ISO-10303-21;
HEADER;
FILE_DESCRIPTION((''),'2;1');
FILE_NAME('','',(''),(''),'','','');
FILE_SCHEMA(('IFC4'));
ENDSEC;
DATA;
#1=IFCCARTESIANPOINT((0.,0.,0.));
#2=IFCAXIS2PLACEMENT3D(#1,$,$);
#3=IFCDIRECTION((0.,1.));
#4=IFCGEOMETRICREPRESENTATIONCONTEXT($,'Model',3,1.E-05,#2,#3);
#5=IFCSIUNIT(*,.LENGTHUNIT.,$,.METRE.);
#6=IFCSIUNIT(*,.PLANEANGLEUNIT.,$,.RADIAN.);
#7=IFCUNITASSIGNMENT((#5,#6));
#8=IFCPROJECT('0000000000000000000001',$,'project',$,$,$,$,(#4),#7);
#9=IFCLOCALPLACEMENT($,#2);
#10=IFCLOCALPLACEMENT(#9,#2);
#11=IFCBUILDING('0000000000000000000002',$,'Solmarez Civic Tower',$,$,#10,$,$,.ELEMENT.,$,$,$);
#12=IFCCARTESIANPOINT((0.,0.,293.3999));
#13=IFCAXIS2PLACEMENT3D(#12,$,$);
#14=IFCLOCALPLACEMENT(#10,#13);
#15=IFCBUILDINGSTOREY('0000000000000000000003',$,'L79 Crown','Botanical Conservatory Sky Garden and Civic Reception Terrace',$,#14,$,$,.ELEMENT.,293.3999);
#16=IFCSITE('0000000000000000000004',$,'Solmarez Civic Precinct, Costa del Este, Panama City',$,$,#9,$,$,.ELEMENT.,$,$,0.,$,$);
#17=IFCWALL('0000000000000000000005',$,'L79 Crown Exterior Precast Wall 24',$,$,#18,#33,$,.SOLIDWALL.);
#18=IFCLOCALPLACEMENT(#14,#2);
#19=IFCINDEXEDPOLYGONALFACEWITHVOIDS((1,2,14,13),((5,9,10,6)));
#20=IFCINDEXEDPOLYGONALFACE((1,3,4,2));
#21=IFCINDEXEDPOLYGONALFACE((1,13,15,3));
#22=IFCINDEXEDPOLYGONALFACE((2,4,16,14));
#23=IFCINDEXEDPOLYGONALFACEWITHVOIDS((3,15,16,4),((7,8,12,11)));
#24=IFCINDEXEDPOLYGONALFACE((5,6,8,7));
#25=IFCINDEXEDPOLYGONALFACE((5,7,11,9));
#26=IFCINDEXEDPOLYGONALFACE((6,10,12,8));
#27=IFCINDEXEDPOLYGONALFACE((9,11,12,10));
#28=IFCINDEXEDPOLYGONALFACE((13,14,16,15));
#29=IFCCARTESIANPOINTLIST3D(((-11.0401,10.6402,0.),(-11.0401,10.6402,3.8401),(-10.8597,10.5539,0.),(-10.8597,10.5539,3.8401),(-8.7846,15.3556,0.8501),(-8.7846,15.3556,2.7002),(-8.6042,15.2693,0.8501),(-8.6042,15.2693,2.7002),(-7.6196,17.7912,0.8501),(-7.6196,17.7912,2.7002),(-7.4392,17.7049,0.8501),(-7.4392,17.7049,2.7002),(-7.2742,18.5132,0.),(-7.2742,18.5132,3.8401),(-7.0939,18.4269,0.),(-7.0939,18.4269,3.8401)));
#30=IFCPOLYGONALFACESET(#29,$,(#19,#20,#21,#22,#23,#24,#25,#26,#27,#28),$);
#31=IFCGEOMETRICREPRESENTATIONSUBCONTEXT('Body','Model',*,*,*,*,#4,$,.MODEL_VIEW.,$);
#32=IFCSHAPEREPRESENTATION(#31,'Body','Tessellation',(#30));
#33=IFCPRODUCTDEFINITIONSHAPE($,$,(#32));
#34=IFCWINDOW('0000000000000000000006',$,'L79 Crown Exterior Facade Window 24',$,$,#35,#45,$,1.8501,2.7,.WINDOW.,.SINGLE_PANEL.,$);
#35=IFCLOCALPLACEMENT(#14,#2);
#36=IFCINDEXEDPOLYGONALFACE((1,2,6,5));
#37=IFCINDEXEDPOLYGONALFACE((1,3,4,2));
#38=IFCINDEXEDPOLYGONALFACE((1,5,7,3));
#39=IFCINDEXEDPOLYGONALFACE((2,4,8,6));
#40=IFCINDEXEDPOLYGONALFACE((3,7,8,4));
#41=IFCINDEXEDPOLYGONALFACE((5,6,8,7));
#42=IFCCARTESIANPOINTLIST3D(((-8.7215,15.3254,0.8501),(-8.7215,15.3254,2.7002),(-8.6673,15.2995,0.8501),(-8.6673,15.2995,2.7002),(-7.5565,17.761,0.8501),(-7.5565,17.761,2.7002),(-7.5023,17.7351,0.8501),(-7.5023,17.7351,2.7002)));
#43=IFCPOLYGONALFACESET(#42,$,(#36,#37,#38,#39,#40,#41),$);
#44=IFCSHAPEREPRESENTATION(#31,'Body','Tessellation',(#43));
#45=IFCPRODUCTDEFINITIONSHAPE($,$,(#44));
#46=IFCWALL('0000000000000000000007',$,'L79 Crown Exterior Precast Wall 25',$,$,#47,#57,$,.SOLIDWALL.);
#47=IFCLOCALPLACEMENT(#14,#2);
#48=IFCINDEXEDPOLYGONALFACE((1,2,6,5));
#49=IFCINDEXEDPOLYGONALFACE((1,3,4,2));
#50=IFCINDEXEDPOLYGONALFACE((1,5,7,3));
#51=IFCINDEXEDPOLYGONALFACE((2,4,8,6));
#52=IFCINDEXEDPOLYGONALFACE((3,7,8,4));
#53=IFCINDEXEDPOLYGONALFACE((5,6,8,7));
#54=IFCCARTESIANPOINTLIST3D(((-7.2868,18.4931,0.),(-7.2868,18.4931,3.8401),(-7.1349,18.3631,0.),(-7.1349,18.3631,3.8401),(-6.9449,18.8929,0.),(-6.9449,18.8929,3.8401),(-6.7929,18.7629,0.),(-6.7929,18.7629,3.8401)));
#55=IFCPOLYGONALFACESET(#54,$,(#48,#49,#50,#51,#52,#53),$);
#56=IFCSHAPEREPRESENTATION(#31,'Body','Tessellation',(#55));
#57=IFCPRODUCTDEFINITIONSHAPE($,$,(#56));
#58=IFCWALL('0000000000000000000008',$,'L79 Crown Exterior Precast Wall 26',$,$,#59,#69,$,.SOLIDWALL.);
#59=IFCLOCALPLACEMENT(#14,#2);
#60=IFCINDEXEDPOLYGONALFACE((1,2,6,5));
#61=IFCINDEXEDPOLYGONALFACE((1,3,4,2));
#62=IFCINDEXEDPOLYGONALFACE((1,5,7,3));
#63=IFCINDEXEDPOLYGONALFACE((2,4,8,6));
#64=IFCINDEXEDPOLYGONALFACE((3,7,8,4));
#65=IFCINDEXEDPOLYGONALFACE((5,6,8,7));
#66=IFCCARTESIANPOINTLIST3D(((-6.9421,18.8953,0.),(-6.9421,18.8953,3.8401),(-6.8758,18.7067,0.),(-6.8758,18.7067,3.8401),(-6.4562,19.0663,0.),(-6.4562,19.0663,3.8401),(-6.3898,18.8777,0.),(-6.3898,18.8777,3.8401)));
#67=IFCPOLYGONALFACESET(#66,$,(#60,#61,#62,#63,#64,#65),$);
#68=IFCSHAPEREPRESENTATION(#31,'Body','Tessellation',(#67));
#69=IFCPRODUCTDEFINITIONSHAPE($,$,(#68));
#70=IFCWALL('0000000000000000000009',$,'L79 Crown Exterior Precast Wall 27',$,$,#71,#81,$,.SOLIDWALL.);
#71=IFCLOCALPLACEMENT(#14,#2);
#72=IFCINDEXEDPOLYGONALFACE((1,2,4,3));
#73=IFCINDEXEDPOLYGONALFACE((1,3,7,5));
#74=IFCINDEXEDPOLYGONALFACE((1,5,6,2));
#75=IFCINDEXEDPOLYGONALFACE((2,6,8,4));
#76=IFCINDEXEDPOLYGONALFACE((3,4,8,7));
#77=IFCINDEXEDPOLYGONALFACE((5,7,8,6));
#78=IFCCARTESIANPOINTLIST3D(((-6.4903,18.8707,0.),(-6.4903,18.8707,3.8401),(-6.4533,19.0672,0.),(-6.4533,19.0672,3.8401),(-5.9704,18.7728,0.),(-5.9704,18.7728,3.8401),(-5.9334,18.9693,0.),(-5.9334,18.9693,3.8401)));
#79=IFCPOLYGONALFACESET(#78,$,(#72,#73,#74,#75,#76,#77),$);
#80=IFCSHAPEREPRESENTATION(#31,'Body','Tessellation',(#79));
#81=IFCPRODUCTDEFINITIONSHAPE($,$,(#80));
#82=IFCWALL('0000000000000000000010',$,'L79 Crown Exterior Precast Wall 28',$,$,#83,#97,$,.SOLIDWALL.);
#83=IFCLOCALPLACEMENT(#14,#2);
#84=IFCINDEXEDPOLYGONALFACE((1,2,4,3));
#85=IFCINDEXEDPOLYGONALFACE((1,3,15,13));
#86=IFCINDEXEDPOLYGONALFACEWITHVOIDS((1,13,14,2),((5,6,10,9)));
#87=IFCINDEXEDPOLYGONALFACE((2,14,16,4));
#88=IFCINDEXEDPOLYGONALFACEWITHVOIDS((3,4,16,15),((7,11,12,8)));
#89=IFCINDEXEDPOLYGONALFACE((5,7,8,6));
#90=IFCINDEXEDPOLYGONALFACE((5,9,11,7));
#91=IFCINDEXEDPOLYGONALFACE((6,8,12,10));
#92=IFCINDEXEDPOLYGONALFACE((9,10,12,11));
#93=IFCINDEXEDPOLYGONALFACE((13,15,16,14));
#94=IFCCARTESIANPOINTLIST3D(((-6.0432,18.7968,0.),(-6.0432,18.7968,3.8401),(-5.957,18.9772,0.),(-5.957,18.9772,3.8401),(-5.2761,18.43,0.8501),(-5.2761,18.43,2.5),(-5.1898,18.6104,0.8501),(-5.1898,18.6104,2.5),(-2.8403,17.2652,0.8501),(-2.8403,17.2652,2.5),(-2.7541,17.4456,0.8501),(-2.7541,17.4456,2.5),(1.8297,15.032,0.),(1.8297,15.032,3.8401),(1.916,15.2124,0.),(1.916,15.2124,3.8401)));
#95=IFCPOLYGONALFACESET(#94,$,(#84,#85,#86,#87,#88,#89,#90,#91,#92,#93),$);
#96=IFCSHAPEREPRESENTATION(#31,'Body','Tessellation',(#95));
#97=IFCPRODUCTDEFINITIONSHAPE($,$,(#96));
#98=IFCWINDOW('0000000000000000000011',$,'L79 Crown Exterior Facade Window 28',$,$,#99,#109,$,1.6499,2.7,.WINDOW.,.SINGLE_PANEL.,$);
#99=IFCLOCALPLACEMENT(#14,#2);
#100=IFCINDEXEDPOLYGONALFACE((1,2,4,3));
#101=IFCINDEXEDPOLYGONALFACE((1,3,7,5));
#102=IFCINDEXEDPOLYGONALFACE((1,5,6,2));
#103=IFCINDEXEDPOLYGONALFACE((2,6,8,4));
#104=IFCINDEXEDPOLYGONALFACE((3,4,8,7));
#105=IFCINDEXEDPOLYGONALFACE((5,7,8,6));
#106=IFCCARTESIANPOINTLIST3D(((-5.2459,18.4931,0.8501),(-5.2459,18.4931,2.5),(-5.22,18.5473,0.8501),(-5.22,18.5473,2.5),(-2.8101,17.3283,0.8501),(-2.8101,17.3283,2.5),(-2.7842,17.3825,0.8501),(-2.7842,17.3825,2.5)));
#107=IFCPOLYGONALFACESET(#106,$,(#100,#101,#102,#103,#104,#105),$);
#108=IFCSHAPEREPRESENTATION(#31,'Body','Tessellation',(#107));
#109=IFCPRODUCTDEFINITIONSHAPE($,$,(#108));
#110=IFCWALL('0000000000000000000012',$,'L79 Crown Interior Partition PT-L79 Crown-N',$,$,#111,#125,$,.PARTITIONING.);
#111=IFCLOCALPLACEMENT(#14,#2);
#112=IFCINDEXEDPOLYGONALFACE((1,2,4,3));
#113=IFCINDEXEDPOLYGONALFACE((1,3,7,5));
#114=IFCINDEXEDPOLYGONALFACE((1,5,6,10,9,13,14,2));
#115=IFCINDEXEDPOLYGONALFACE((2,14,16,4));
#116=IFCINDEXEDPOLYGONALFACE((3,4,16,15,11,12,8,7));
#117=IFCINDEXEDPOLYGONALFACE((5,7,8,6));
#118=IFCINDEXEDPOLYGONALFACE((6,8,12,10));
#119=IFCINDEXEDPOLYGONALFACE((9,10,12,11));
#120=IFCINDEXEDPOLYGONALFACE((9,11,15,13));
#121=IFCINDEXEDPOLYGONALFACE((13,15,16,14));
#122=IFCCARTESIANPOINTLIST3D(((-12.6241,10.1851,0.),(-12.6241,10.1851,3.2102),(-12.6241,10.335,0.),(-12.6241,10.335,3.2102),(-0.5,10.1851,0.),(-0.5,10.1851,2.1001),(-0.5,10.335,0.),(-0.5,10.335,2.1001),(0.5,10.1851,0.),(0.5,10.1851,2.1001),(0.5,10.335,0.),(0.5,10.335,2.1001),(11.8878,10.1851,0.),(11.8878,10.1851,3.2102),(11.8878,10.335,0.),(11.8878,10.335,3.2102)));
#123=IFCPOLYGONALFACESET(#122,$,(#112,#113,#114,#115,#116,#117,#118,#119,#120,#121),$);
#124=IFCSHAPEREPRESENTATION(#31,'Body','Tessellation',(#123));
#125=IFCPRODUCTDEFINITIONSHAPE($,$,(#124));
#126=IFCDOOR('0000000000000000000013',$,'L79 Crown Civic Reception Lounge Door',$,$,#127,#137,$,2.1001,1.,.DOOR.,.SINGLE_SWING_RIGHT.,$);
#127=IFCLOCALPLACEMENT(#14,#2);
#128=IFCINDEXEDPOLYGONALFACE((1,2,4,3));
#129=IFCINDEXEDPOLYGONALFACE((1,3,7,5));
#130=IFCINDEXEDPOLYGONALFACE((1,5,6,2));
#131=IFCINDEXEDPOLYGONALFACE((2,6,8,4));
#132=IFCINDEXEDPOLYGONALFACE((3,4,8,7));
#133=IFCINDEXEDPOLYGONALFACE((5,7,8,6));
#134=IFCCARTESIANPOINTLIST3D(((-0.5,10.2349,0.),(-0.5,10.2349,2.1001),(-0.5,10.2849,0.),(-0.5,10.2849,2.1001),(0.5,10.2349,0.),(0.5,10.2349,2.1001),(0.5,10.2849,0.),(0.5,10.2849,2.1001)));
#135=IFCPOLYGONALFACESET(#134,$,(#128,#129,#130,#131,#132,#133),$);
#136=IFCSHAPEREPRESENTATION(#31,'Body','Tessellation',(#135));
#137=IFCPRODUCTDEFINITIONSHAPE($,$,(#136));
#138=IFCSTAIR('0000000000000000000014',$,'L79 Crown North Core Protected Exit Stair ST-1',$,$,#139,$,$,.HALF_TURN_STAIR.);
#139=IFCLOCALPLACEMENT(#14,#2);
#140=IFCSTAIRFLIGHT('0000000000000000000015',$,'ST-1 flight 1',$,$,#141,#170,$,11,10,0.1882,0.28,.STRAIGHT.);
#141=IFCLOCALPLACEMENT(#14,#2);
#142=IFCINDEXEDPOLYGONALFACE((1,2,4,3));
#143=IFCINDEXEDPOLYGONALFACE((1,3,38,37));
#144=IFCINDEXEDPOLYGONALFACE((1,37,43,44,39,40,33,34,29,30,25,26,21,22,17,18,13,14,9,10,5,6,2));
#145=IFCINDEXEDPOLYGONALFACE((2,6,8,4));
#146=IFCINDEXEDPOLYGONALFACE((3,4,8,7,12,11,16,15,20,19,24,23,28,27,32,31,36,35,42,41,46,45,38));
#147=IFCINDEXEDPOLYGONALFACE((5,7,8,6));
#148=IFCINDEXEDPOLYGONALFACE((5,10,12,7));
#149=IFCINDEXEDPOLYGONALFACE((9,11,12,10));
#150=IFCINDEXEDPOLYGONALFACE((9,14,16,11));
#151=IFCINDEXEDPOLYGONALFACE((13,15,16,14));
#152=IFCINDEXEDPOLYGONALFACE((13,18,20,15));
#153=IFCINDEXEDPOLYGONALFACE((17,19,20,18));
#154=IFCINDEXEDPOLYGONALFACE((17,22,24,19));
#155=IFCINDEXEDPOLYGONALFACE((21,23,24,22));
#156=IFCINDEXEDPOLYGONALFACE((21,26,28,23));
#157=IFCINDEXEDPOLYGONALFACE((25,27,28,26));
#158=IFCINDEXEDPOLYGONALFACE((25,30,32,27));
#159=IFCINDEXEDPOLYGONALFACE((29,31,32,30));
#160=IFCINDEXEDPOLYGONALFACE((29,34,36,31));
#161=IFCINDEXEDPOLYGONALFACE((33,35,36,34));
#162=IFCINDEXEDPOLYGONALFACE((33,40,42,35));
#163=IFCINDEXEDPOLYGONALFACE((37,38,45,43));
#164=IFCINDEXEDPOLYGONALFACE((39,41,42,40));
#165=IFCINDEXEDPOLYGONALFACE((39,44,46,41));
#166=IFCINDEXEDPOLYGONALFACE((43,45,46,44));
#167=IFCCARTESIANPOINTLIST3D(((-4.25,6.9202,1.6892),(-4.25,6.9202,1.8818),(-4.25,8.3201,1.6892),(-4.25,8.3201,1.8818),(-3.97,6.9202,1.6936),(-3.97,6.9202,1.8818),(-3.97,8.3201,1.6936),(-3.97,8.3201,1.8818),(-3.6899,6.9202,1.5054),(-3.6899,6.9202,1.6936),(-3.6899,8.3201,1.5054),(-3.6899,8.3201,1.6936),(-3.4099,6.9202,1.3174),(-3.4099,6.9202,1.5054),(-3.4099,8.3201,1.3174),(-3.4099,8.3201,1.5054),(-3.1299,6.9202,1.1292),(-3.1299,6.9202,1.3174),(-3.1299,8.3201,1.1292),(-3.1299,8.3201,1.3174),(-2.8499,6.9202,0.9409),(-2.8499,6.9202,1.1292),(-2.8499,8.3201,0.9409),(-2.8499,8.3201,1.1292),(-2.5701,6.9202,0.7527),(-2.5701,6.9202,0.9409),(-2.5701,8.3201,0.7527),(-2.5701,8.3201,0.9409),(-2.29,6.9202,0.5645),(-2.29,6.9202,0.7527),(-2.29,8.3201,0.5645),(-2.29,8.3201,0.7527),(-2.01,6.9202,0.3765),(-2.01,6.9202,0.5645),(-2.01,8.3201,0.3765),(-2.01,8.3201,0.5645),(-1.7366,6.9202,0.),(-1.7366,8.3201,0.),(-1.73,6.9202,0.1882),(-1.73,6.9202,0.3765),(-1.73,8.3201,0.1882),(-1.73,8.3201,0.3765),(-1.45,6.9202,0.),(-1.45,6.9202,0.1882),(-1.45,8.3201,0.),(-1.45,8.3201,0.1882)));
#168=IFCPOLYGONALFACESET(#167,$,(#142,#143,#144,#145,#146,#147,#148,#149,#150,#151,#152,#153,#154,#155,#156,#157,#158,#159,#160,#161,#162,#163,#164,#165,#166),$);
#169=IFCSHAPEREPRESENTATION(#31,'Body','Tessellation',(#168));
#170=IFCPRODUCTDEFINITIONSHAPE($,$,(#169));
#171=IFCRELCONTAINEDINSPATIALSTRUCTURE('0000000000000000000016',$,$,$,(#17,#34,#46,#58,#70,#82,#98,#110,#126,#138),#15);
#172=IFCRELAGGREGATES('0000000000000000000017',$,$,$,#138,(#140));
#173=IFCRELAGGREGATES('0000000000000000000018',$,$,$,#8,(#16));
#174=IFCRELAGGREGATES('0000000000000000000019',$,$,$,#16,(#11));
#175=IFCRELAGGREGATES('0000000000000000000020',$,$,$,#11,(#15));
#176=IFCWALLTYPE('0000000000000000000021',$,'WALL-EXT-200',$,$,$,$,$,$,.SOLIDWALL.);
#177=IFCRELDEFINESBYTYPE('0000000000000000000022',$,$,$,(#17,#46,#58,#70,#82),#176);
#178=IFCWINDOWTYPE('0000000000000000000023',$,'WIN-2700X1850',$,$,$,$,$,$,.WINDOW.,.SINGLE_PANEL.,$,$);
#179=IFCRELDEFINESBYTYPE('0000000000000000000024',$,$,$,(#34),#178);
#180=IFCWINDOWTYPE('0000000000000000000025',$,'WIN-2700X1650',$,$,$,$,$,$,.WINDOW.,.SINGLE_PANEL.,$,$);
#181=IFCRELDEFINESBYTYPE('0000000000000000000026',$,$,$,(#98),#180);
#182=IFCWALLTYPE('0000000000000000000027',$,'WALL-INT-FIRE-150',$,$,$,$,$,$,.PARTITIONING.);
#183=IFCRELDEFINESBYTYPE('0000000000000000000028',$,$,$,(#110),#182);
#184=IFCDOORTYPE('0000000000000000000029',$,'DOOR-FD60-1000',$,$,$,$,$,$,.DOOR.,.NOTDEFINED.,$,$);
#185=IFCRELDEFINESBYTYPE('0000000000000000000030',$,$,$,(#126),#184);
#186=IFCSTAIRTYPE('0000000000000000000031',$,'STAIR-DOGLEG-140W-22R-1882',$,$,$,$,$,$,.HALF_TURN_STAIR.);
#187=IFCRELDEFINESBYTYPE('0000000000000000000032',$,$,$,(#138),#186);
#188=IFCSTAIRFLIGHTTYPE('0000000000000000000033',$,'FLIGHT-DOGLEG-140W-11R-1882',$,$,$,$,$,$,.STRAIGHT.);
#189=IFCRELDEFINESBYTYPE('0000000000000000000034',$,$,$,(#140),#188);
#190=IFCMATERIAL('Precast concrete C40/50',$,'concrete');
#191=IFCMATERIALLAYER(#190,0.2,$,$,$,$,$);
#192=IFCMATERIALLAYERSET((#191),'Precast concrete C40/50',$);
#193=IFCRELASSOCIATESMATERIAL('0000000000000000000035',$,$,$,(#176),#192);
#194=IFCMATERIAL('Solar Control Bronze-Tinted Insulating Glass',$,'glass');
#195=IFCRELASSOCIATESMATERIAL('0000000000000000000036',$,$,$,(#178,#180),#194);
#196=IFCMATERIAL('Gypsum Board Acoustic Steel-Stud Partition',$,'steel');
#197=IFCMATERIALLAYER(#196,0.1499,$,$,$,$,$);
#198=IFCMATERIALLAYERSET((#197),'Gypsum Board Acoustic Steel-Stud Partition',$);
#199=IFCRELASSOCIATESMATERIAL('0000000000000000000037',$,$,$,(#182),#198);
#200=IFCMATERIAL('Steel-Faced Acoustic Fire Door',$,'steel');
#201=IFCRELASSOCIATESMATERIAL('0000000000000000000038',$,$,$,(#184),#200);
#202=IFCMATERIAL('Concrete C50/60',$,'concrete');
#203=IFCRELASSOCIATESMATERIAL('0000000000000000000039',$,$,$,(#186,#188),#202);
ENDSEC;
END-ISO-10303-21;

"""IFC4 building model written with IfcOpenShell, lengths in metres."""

from ifc_helpers import new_model, si_unit, direction, frame, frame_2d, origin, place, context, subcontext, project, spatial, polyline, rectangle, outline, extrude, material, layer, layer_set, type_object, element, fill, aggregate, save


model = new_model("IFC4")

# Units and contexts
model_context = context("Model", 3, precision=1e-05, world=origin(), true_north=direction((0.0, 1.0)))
body_context = subcontext(model_context, "Body", "Model", "MODEL_VIEW")
ifc_project = project(units=[si_unit("LENGTHUNIT", "METRE"), si_unit("PLANEANGLEUNIT", "RADIAN")], contexts=[model_context])

# Site, building, storey
site_placement = place(None, origin())
site = spatial("IfcSite", under=ifc_project, at=site_placement, Name="Solmarez Civic Precinct, Costa del Este, Panama City", CompositionType="ELEMENT", RefElevation=0.0)
building_placement = place(site_placement, origin())
building = spatial("IfcBuilding", under=site, at=building_placement, Name="Solmarez Civic Tower", CompositionType="ELEMENT")
storey_placement = place(building_placement, frame((0.0, 0.0, 293.3999)))
storey = spatial("IfcBuildingStorey", under=building, at=storey_placement, Name="L79 Crown", Description="Botanical Conservatory Sky Garden and Civic Reception Terrace", CompositionType="ELEMENT", Elevation=293.3999)

# Shared definitions
ifc_material_1 = material(Name="Concrete C50/60", Category="concrete")

# Shared definitions
ifc_material_2 = material(Name="Precast concrete C40/50", Category="concrete")
ifc_layer_1 = layer(ifc_material_2, 0.2)
ifc_layer_set_1 = layer_set([ifc_layer_1], Name="Precast concrete C40/50")
wall_type_1 = type_object("IfcWallType", Name="WALL-EXT-200", PredefinedType="SOLIDWALL", material=ifc_layer_set_1)

# Wall, opening, window
wall_1_placement = place(storey_placement, frame((-10.95, 10.5969, 0.0), z_axis=(0.0, 0.0, 1.0), x_axis=(0.431502, 0.902112, 0.0)))
wall_1 = element("IfcWall", 1, at=wall_1_placement, inside=storey, type_object=wall_type_1, Name="L79 Crown Exterior Precast Wall 24", PredefinedType="SOLIDWALL", context=body_context, shape_type="SweptSolid", body=[
    extrude(rectangle(XDim=8.7273, YDim=0.2, at=frame_2d((4.3638, 0.0))), origin(), (0.0, 0.0, 1.0), 3.8401),
])
opening_1_placement = place(wall_1_placement, frame((5.2271, 0.0, 0.8501)))
opening_1 = element("IfcOpeningElement", 2, at=opening_1_placement, cuts=wall_1, PredefinedType="OPENING", context=body_context, shape_type="SweptSolid", body=[
    extrude(rectangle(XDim=2.7, YDim=1.8501, at=frame_2d((1.3501, 0.925))), frame((0.0, 0.1099, 0.0), z_axis=(0.0, -1.0, 0.0), x_axis=(1.0, 0.0, 0.0)), (0.0, 0.0, 1.0), 0.22),
])
ifc_material_3 = material(Name="Solar Control Bronze-Tinted Insulating Glass", Category="glass")
window_type_1 = type_object("IfcWindowType", Name="WIN-2700X1850", PartitioningType="SINGLE_PANEL", PredefinedType="WINDOW", material=ifc_material_3)
window_1_placement = place(opening_1_placement, origin())
window_1 = element("IfcWindow", 3, at=window_1_placement, inside=storey, type_object=window_type_1, Name="L79 Crown Exterior Facade Window 24", OverallHeight=1.8501, OverallWidth=2.7, PartitioningType="SINGLE_PANEL", PredefinedType="WINDOW", context=body_context, shape_type="SweptSolid", body=[
    extrude(rectangle(XDim=2.7, YDim=1.8501, at=frame_2d((1.3501, 0.925))), frame((0.0, 0.03, 0.0), z_axis=(0.0, -1.0, 0.0), x_axis=(1.0, 0.0, 0.0)), (0.0, 0.0, 1.0), 0.0601),
])
fill(opening_1, window_1)

# Walls
wall_2_placement = place(storey_placement, frame((-7.2109, 18.428, 0.0), z_axis=(0.0, 0.0, 1.0), x_axis=(0.649989, 0.759944, 0.0)))
element("IfcWall", 4, at=wall_2_placement, inside=storey, type_object=wall_type_1, Name="L79 Crown Exterior Precast Wall 25", PredefinedType="SOLIDWALL", context=body_context, shape_type="SweptSolid", body=[
    extrude(rectangle(XDim=0.5261, YDim=0.2, at=frame_2d((0.2632, 0.0))), origin(), (0.0, 0.0, 1.0), 3.8401),
])
wall_3_placement = place(storey_placement, frame((-6.9089, 18.801, 0.0), z_axis=(0.0, 0.0, 1.0), x_axis=(0.94334, 0.331828, 0.0)))
element("IfcWall", 5, at=wall_3_placement, inside=storey, type_object=wall_type_1, Name="L79 Crown Exterior Precast Wall 26", PredefinedType="SOLIDWALL", context=body_context, shape_type="SweptSolid", body=[
    extrude(rectangle(XDim=0.5151, YDim=0.2, at=frame_2d((0.2576, 0.0))), origin(), (0.0, 0.0, 1.0), 3.8401),
])
wall_4_placement = place(storey_placement, frame((-6.4719, 18.969, 0.0), z_axis=(0.0, 0.0, 1.0), x_axis=(0.982736, -0.185013, 0.0)))
element("IfcWall", 6, at=wall_4_placement, inside=storey, type_object=wall_type_1, Name="L79 Crown Exterior Precast Wall 27", PredefinedType="SOLIDWALL", context=body_context, shape_type="SweptSolid", body=[
    extrude(rectangle(XDim=0.5291, YDim=0.2, at=frame_2d((0.2646, 0.0))), origin(), (0.0, 0.0, 1.0), 3.8401),
])

# Wall, opening, window
wall_5_placement = place(storey_placement, frame((-6.0, 18.887, 0.0), z_axis=(0.0, 0.0, 1.0), x_axis=(0.902156, -0.431411, 0.0)))
wall_5 = element("IfcWall", 7, at=wall_5_placement, inside=storey, type_object=wall_type_1, Name="L79 Crown Exterior Precast Wall 28", PredefinedType="SOLIDWALL", context=body_context, shape_type="SweptSolid", body=[
    extrude(rectangle(XDim=8.7268, YDim=0.2, at=frame_2d((4.3633, 0.0))), origin(), (0.0, 0.0, 1.0), 3.8401),
])
opening_2_placement = place(wall_5_placement, frame((0.8501, 0.0, 0.8501)))
opening_2 = element("IfcOpeningElement", 8, at=opening_2_placement, cuts=wall_5, PredefinedType="OPENING", context=body_context, shape_type="SweptSolid", body=[
    extrude(rectangle(XDim=2.7, YDim=1.6499, at=frame_2d((1.3501, 0.825))), frame((0.0, 0.1099, 0.0), z_axis=(0.0, -1.0, 0.0), x_axis=(1.0, 0.0, 0.0)), (0.0, 0.0, 1.0), 0.22),
])
window_type_2 = type_object("IfcWindowType", Name="WIN-2700X1650", PartitioningType="SINGLE_PANEL", PredefinedType="WINDOW", material=ifc_material_3)
window_2_placement = place(opening_2_placement, origin())
window_2 = element("IfcWindow", 9, at=window_2_placement, inside=storey, type_object=window_type_2, Name="L79 Crown Exterior Facade Window 28", OverallHeight=1.6499, OverallWidth=2.7, PartitioningType="SINGLE_PANEL", PredefinedType="WINDOW", context=body_context, shape_type="SweptSolid", body=[
    extrude(rectangle(XDim=2.7, YDim=1.6499, at=frame_2d((1.3501, 0.825))), frame((0.0, 0.03, 0.0), z_axis=(0.0, -1.0, 0.0), x_axis=(1.0, 0.0, 0.0)), (0.0, 0.0, 1.0), 0.0601),
])
fill(opening_2, window_2)

# Wall, opening, door
ifc_material_4 = material(Name="Gypsum Board Acoustic Steel-Stud Partition", Category="steel")
ifc_layer_2 = layer(ifc_material_4, 0.1499)
ifc_layer_set_2 = layer_set([ifc_layer_2], Name="Gypsum Board Acoustic Steel-Stud Partition")
wall_type_2 = type_object("IfcWallType", Name="WALL-INT-FIRE-150", PredefinedType="PARTITIONING", material=ifc_layer_set_2)
wall_6_placement = place(storey_placement, frame((-12.624, 10.26, 0.0), z_axis=(0.0, 0.0, 1.0), x_axis=(1.0, 0.0, 0.0)))
wall_6 = element("IfcWall", 10, at=wall_6_placement, inside=storey, type_object=wall_type_2, Name="L79 Crown Interior Partition PT-L79 Crown-N", PredefinedType="PARTITIONING", context=body_context, shape_type="SweptSolid", body=[
    extrude(rectangle(XDim=24.512, YDim=0.1499, at=frame_2d((12.2559, 0.0))), origin(), (0.0, 0.0, 1.0), 3.2102),
])
opening_3_placement = place(wall_6_placement, frame((12.124, 0.0, 0.0)))
opening_3 = element("IfcOpeningElement", 11, at=opening_3_placement, cuts=wall_6, PredefinedType="OPENING", context=body_context, shape_type="SweptSolid", body=[
    extrude(rectangle(XDim=1.0, YDim=2.1001, at=frame_2d((0.5, 1.05))), frame((0.0, 0.085, 0.0), z_axis=(0.0, -1.0, 0.0), x_axis=(1.0, 0.0, 0.0)), (0.0, 0.0, 1.0), 0.1699),
])
ifc_material_5 = material(Name="Steel-Faced Acoustic Fire Door", Category="steel")
door_type = type_object("IfcDoorType", Name="DOOR-FD60-1000", OperationType="NOTDEFINED", PredefinedType="DOOR", material=ifc_material_5)
door_placement = place(opening_3_placement, origin())
door = element("IfcDoor", 12, at=door_placement, inside=storey, type_object=door_type, Name="L79 Crown Civic Reception Lounge Door", OperationType="SINGLE_SWING_RIGHT", OverallHeight=2.1001, OverallWidth=1.0, PredefinedType="DOOR", context=body_context, shape_type="SweptSolid", body=[
    extrude(rectangle(XDim=1.0, YDim=2.1001, at=frame_2d((0.5, 1.05))), frame((0.0, 0.0249, 0.0), z_axis=(0.0, -1.0, 0.0), x_axis=(1.0, 0.0, 0.0)), (0.0, 0.0, 1.0), 0.05),
])
fill(opening_3, door)

# Stair, stair flight
stair_type = type_object("IfcStairType", Name="STAIR-DOGLEG-140W-22R-1882", PredefinedType="HALF_TURN_STAIR", material=ifc_material_1)
stair_placement = place(storey_placement, origin())
stair = element("IfcStair", 13, at=stair_placement, inside=storey, type_object=stair_type, Name="L79 Crown North Core Protected Exit Stair ST-1", PredefinedType="HALF_TURN_STAIR")
stair_flight_type = type_object("IfcStairFlightType", Name="FLIGHT-DOGLEG-140W-11R-1882", PredefinedType="STRAIGHT", material=ifc_material_1)
stair_flight_1_placement = place(storey_placement, frame((-1.45, 7.6201, 0.0), z_axis=(0.0, 0.0, 1.0), x_axis=(-1.0, 0.0, 0.0)))
stair_flight_1 = element("IfcStairFlight", 14, at=stair_flight_1_placement, type_object=stair_flight_type, Name="ST-1 flight 1", NumberOfRisers=11, NumberOfTreads=10, PredefinedType="STRAIGHT", RiserHeight=0.1882, TreadLength=0.28, context=body_context, shape_type="SweptSolid", body=[
    extrude(outline(polyline([(0.0, 0.0), (0.0, 0.1882), (0.28, 0.1882), (0.28, 0.3765), (0.5601, 0.3765), (0.5601, 0.5645), (0.8401, 0.5645), (0.8401, 0.7527), (1.1201, 0.7527), (1.1201, 0.9409), (1.3999, 0.9409), (1.3999, 1.1292), (1.6799, 1.1292), (1.6799, 1.3174), (1.96, 1.3174), (1.96, 1.5054), (2.24, 1.5054), (2.24, 1.6936), (2.52, 1.6936), (2.52, 1.8818), (2.8, 1.8818), (2.8, 2.0701), (2.8, 1.6892), (0.2866, 0.0), (0.0, 0.0)])), frame((0.0, 0.7, 0.0), z_axis=(0.0, -1.0, 0.0), x_axis=(1.0, 0.0, 0.0)), (0.0, 0.0, 1.0), 1.3999),
])
aggregate(stair, [stair_flight_1])

save(model, "model.ifc")
